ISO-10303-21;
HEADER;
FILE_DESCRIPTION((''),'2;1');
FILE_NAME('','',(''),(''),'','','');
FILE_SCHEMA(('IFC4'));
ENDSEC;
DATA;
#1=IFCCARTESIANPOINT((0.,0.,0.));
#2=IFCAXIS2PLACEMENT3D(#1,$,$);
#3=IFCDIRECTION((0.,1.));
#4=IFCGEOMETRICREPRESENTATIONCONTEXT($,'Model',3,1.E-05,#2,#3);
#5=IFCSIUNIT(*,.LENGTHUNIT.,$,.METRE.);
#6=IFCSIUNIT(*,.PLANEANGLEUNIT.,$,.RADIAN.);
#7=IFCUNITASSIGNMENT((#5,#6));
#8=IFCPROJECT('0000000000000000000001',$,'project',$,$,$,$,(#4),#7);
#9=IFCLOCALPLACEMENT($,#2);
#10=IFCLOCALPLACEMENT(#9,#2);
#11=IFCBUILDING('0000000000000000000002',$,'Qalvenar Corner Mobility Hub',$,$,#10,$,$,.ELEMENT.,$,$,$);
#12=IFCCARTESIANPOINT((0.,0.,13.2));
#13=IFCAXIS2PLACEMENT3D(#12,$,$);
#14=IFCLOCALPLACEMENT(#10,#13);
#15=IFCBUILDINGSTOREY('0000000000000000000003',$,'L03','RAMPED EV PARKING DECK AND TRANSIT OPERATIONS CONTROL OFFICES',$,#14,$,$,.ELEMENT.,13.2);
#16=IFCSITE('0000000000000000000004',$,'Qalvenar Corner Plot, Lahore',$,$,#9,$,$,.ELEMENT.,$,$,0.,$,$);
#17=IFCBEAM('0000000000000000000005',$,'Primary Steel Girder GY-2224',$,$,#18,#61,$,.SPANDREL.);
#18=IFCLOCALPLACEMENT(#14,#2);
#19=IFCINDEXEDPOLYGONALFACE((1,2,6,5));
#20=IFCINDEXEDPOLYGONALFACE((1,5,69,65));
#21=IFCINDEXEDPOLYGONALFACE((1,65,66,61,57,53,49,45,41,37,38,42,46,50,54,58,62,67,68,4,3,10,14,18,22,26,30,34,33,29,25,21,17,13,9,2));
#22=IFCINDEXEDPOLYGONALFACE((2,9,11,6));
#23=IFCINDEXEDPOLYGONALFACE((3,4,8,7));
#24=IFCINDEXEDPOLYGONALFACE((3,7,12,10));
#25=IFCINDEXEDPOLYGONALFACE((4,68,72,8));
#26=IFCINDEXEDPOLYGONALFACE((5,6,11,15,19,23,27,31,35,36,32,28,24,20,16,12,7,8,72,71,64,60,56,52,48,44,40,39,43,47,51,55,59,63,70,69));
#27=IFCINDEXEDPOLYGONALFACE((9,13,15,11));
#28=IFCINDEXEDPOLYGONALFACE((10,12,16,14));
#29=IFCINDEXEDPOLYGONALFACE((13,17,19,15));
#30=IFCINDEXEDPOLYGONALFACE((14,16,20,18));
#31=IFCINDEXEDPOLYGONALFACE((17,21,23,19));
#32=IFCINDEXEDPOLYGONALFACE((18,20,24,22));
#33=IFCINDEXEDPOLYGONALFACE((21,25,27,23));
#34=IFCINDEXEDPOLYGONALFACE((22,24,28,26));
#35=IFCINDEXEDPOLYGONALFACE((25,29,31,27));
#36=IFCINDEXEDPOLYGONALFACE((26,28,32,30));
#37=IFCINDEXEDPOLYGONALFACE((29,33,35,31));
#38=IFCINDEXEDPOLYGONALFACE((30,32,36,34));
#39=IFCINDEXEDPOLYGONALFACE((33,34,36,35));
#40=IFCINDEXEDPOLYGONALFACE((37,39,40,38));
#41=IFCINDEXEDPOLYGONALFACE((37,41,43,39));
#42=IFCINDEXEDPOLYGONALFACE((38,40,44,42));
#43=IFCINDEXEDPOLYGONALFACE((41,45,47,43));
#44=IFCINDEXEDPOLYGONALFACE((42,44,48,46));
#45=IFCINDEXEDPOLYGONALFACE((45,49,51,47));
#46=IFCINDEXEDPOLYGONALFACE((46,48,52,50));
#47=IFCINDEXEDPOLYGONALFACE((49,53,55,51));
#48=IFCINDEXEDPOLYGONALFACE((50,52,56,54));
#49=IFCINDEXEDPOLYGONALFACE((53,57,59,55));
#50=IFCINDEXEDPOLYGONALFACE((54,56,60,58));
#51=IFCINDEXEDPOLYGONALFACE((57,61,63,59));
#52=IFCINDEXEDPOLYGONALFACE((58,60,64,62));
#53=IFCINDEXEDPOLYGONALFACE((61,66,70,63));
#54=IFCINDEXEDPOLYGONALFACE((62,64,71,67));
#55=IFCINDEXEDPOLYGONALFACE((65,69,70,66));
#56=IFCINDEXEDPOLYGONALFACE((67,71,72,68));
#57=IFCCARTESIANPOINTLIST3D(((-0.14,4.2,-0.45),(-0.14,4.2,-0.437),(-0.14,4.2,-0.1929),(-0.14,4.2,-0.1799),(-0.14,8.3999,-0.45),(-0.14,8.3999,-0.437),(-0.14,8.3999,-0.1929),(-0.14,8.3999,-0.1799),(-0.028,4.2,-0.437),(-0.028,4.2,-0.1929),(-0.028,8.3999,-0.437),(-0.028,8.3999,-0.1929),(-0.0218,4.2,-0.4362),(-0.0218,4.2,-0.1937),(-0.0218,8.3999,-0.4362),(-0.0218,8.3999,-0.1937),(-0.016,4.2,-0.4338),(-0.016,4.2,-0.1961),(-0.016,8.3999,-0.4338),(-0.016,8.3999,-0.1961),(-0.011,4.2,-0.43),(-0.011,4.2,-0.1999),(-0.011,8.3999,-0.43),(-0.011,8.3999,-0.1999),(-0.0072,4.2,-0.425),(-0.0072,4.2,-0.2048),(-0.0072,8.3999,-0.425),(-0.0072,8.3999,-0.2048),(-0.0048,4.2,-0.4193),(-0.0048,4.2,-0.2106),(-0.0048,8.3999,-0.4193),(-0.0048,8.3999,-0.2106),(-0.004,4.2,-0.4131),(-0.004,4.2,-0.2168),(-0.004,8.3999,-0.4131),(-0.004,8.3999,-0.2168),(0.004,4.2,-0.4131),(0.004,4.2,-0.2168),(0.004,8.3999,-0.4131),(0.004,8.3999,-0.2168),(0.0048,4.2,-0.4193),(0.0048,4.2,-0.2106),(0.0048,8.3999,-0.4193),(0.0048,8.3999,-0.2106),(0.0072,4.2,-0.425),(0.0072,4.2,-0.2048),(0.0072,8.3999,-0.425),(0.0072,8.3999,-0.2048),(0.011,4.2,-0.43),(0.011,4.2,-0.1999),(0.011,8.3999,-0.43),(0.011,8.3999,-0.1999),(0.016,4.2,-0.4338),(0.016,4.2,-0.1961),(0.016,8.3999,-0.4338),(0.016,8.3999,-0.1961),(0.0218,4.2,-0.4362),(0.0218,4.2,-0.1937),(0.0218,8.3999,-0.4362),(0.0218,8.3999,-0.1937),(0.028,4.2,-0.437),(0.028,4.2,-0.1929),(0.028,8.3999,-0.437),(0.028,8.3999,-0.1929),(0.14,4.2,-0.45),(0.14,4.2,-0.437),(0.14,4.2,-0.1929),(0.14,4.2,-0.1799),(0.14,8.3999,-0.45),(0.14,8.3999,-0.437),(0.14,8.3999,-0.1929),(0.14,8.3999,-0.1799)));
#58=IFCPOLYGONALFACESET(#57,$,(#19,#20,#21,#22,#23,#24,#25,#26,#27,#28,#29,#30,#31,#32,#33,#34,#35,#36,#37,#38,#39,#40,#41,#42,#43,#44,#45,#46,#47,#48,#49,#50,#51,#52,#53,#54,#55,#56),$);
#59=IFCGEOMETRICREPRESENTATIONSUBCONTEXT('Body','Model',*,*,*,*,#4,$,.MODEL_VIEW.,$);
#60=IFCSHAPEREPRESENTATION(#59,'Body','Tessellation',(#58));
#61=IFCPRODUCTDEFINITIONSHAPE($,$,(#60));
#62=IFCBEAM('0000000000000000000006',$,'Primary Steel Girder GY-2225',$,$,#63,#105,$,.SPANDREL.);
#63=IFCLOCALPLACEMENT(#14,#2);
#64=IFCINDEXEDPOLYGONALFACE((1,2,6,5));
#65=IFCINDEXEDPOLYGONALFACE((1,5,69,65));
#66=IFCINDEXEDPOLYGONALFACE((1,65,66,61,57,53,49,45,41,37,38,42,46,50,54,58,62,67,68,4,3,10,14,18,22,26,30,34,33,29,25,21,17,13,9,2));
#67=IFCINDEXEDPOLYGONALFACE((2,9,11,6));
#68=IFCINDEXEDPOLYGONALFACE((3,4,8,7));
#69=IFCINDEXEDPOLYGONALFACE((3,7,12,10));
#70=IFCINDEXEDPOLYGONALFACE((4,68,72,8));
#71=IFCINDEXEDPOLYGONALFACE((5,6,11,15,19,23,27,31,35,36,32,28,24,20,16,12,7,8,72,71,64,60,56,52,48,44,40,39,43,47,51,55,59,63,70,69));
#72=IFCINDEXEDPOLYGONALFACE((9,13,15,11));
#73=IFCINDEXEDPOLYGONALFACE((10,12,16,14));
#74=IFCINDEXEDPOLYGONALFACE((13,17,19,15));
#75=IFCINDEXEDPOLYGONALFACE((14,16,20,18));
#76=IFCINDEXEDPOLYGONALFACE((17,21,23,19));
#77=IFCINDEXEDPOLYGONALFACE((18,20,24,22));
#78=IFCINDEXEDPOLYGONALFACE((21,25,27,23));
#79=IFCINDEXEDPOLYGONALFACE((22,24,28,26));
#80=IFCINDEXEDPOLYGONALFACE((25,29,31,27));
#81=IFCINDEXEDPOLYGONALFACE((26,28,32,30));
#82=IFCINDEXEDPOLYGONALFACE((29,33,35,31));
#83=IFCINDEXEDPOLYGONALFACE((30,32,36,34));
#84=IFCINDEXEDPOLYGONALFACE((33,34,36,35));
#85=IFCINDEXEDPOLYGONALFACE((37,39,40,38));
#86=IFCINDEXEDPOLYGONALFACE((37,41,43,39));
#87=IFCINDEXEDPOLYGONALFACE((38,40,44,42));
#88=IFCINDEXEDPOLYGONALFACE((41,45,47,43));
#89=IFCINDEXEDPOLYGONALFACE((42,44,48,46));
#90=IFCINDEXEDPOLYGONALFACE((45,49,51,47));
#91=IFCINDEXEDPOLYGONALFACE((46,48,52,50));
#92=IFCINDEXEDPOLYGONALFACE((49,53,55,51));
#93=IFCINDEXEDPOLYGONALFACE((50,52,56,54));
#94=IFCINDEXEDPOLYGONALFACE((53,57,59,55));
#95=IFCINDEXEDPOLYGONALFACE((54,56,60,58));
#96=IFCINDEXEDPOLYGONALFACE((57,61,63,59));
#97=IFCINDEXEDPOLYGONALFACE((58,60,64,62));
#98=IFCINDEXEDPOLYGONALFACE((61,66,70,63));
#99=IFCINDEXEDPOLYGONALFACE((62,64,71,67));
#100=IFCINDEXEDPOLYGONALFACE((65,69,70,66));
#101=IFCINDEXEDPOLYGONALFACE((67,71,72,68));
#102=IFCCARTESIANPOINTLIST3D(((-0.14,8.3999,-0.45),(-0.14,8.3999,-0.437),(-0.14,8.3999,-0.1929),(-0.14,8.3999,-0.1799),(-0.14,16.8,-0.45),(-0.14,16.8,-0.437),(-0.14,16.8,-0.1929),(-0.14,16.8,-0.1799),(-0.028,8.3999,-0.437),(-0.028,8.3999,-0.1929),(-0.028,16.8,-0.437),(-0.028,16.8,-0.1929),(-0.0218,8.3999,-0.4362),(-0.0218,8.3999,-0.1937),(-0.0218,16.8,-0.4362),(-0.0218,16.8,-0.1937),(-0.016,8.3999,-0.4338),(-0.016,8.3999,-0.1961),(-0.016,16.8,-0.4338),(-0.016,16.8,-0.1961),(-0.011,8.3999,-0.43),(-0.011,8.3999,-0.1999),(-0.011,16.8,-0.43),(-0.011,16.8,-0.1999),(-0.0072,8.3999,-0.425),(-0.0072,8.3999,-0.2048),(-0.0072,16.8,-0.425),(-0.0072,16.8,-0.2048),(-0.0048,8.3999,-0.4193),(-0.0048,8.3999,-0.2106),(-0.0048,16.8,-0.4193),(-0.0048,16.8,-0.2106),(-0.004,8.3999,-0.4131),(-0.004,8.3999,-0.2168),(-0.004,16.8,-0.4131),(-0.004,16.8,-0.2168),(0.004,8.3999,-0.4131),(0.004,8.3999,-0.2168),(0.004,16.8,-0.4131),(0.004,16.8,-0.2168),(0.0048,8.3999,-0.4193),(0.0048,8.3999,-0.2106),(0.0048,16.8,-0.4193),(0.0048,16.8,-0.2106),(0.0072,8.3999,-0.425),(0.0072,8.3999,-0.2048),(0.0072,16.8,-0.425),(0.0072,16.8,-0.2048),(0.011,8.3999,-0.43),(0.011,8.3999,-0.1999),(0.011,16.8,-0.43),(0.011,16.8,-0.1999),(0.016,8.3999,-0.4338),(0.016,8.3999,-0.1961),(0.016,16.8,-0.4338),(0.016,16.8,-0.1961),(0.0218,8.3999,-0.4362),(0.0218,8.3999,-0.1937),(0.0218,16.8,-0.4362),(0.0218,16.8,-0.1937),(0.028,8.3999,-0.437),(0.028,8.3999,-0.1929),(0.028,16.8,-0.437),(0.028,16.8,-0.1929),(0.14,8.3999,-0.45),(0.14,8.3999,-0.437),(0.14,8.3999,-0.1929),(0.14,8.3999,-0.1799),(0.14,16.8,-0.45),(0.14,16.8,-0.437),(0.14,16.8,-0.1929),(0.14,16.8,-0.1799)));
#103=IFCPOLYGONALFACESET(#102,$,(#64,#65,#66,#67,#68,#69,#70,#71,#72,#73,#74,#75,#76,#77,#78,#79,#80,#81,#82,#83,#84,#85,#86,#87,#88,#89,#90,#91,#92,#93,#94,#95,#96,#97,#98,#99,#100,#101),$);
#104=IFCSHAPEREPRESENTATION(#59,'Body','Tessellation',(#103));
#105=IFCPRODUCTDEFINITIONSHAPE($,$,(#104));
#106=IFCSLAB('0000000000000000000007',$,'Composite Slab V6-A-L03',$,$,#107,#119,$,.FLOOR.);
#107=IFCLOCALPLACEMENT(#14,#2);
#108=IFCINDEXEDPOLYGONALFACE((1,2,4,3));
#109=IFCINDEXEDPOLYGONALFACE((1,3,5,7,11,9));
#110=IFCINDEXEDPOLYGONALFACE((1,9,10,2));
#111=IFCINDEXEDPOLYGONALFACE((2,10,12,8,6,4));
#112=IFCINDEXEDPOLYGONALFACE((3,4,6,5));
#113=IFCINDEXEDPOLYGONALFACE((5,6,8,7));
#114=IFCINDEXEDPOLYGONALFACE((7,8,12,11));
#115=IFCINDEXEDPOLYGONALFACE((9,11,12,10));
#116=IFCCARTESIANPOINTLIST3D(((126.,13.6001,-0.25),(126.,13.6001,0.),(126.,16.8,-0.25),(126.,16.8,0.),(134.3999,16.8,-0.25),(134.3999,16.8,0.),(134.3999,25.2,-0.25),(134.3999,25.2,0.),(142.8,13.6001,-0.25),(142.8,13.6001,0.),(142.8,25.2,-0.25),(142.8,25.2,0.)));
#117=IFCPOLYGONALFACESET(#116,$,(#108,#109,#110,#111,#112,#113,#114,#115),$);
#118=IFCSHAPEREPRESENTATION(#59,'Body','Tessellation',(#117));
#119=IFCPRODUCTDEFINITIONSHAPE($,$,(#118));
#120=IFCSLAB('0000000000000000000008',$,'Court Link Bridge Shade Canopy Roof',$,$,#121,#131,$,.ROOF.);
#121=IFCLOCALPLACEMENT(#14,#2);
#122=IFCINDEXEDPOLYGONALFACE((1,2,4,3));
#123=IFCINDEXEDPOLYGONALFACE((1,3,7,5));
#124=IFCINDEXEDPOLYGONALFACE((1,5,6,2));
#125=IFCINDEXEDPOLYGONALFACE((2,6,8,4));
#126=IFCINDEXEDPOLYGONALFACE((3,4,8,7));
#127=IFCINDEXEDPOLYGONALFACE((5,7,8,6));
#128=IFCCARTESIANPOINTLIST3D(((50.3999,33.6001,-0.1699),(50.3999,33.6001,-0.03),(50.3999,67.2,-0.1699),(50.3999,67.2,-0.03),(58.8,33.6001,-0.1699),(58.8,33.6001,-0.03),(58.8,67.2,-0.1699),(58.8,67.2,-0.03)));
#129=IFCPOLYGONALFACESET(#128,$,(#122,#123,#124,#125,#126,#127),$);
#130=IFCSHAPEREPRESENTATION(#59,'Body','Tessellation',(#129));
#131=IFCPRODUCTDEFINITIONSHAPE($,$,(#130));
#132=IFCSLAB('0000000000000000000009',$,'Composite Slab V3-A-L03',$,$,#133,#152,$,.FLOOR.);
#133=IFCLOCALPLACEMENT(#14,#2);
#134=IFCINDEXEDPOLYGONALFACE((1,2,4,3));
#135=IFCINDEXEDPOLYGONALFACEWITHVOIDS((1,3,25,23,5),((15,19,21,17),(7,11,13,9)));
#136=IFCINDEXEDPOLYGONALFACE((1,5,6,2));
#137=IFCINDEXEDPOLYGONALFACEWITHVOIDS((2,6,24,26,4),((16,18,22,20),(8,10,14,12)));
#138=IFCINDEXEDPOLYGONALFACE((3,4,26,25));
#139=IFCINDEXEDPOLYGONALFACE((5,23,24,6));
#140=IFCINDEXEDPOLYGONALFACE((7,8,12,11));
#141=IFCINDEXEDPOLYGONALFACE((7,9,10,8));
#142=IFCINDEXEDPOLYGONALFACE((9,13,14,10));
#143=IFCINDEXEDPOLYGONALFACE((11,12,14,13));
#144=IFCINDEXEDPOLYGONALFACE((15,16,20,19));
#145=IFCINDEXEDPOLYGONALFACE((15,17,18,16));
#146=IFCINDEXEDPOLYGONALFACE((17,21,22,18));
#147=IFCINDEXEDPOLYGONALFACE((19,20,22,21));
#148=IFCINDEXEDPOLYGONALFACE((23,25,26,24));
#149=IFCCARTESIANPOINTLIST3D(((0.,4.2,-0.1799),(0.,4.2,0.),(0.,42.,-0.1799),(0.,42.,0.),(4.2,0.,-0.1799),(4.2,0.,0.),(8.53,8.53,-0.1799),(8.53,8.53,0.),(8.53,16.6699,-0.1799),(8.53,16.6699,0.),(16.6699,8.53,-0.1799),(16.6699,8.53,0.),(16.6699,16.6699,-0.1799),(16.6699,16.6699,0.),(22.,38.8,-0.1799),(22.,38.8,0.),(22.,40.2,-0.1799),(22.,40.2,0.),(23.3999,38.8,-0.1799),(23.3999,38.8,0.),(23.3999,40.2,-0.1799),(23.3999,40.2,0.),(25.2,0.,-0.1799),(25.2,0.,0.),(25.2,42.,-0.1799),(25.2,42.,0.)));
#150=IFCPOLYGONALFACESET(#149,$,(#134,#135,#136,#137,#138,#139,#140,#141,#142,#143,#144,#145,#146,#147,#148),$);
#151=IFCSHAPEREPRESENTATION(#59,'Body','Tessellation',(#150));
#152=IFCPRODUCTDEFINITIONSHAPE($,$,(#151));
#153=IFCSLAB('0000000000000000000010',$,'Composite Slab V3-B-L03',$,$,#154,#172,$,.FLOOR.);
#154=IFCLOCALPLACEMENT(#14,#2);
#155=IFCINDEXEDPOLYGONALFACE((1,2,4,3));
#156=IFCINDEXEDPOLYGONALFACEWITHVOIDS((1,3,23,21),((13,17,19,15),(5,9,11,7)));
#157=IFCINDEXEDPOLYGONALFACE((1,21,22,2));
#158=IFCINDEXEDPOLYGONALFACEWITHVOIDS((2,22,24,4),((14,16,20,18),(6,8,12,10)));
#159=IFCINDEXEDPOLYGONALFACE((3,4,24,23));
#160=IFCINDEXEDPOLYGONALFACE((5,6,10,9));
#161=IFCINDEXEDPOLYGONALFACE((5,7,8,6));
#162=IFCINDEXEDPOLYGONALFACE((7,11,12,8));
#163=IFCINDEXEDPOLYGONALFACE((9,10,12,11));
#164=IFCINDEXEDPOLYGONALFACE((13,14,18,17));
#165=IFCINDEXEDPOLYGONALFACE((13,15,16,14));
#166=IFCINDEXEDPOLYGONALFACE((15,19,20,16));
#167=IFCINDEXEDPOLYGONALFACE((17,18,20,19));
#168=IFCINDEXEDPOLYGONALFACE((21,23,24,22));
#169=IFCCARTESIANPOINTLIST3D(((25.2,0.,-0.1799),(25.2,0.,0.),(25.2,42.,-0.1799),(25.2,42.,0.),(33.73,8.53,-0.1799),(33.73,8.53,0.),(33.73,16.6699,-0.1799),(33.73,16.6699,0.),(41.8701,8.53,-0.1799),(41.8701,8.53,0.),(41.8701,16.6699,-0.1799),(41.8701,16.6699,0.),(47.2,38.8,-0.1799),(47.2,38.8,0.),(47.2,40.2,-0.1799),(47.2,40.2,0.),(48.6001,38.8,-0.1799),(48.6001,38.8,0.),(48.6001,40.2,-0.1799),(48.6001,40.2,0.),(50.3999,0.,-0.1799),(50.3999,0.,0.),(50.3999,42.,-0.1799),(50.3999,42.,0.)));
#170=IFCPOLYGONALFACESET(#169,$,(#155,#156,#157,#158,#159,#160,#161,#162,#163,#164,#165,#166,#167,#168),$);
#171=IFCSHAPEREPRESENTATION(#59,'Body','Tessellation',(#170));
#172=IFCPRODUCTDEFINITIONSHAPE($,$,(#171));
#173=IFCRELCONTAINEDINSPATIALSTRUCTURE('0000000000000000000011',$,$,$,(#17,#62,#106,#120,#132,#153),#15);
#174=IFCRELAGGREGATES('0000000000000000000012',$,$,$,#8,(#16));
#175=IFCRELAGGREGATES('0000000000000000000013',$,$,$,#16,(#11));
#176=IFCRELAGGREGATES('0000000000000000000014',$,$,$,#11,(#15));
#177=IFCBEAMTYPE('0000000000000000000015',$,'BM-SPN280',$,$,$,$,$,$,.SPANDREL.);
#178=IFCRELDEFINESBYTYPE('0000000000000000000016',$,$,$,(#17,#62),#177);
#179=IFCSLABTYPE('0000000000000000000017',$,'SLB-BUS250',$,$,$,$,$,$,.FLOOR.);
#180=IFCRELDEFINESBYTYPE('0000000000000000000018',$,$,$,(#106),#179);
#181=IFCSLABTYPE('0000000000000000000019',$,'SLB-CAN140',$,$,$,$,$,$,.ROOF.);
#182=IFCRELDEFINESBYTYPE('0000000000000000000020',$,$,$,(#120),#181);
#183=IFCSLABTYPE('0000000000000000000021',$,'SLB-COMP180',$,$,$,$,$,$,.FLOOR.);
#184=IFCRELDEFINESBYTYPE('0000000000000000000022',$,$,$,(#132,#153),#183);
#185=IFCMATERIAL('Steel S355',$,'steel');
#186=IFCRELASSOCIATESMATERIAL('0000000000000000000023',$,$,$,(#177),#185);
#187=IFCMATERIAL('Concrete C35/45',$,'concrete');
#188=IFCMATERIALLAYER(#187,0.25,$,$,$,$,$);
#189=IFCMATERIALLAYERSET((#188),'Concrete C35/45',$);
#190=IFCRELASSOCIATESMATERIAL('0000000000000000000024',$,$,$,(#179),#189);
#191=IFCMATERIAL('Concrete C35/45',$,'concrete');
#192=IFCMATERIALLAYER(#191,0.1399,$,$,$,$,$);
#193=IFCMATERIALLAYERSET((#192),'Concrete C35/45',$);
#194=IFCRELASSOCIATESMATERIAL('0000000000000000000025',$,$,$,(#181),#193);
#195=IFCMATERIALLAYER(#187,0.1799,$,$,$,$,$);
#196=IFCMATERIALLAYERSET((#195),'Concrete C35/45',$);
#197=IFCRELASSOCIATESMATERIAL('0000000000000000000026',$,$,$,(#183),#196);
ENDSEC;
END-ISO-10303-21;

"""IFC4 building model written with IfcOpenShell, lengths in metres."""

from ifc_helpers import new_model, si_unit, direction, frame, origin, origin_2d, place, context, subcontext, project, spatial, polyline, i_section, outline, extrude, material, layer, layer_set, material_profile, profile_set, type_object, element, save


model = new_model("IFC4")

# Units and contexts
model_context = context("Model", 3, precision=1e-05, world=origin(), true_north=direction((0.0, 1.0)))
body_context = subcontext(model_context, "Body", "Model", "MODEL_VIEW")
ifc_project = project(units=[si_unit("LENGTHUNIT", "METRE"), si_unit("PLANEANGLEUNIT", "RADIAN")], contexts=[model_context])

# Site, building, storey
site_placement = place(None, origin())
site = spatial("IfcSite", under=ifc_project, at=site_placement, Name="Qalvenar Corner Plot, Lahore", CompositionType="ELEMENT", RefElevation=0.0)
building_placement = place(site_placement, origin())
building = spatial("IfcBuilding", under=site, at=building_placement, Name="Qalvenar Corner Mobility Hub", CompositionType="ELEMENT")
storey_placement = place(building_placement, frame((0.0, 0.0, 13.2)))
storey = spatial("IfcBuildingStorey", under=building, at=storey_placement, Name="L03", Description="RAMPED EV PARKING DECK AND TRANSIT OPERATIONS CONTROL OFFICES", CompositionType="ELEMENT", Elevation=13.2)

# Shared definitions
ifc_material_1 = material(Name="Steel S355", Category="steel")

# Beams
ifc_material_profile_1 = material_profile(ifc_material_1, i_section(OverallWidth=0.28, OverallDepth=0.27, WebThickness=0.0081, FlangeThickness=0.0129, FilletRadius=0.0239, at=origin_2d()), Name="HEA280")
ifc_profile_set_1 = profile_set([ifc_material_profile_1], Name="Steel S355")
beam_type_1 = type_object("IfcBeamType", Name="BM-SPN280", PredefinedType="SPANDREL", material=ifc_profile_set_1)
beam_1_placement = place(storey_placement, frame((0.0, 4.2, -0.3149), z_axis=(0.0, 1.0, 0.0), x_axis=(-1.0, 0.0, 0.0)))
element("IfcBeam", 1, at=beam_1_placement, inside=storey, type_object=beam_type_1, Name="Primary Steel Girder GY-2224", PredefinedType="SPANDREL", context=body_context, shape_type="SweptSolid", body=[
    extrude(i_section(OverallWidth=0.28, OverallDepth=0.27, WebThickness=0.0081, FlangeThickness=0.0129, FilletRadius=0.0239, at=origin_2d()), origin(), (0.0, 0.0, 1.0), 4.2),
])
beam_2_placement = place(storey_placement, frame((0.0, 8.3999, -0.3149), z_axis=(0.0, 1.0, 0.0), x_axis=(-1.0, 0.0, 0.0)))
element("IfcBeam", 2, at=beam_2_placement, inside=storey, type_object=beam_type_1, Name="Primary Steel Girder GY-2225", PredefinedType="SPANDREL", context=body_context, shape_type="SweptSolid", body=[
    extrude(i_section(OverallWidth=0.28, OverallDepth=0.27, WebThickness=0.0081, FlangeThickness=0.0129, FilletRadius=0.0239, at=origin_2d()), origin(), (0.0, 0.0, 1.0), 8.4001),
])

# Slabs
ifc_material_2 = material(Name="Concrete C35/45", Category="concrete")
ifc_layer_1 = layer(ifc_material_2, 0.25)
ifc_layer_set_1 = layer_set([ifc_layer_1], Name="Concrete C35/45")
slab_type_1 = type_object("IfcSlabType", Name="SLB-BUS250", PredefinedType="FLOOR", material=ifc_layer_set_1)
slab_1_placement = place(storey_placement, frame((0.0, 0.0, -0.25)))
element("IfcSlab", 3, at=slab_1_placement, inside=storey, type_object=slab_type_1, Name="Composite Slab V6-A-L03", PredefinedType="FLOOR", context=body_context, shape_type="SweptSolid", body=[
    extrude(outline(polyline([(126.0, 13.6001), (142.8, 13.6001), (142.8, 25.2), (134.3999, 25.2), (134.3999, 16.8), (126.0, 16.8), (126.0, 13.6001)])), origin(), (0.0, 0.0, 1.0), 0.25),
])
ifc_material_3 = material(Name="Concrete C35/45", Category="concrete")
ifc_layer_2 = layer(ifc_material_3, 0.1399)
ifc_layer_set_2 = layer_set([ifc_layer_2], Name="Concrete C35/45")
slab_type_2 = type_object("IfcSlabType", Name="SLB-CAN140", PredefinedType="ROOF", material=ifc_layer_set_2)
slab_2_placement = place(storey_placement, frame((0.0, 0.0, -0.1699)))
element("IfcSlab", 4, at=slab_2_placement, inside=storey, type_object=slab_type_2, Name="Court Link Bridge Shade Canopy Roof", PredefinedType="ROOF", context=body_context, shape_type="SweptSolid", body=[
    extrude(outline(polyline([(50.3999, 33.6001), (58.8, 33.6001), (58.8, 67.2), (50.3999, 67.2), (50.3999, 33.6001)])), origin(), (0.0, 0.0, 1.0), 0.1399),
])
ifc_layer_3 = layer(ifc_material_2, 0.1799)
ifc_layer_set_3 = layer_set([ifc_layer_3], Name="Concrete C35/45")
slab_type_3 = type_object("IfcSlabType", Name="SLB-COMP180", PredefinedType="FLOOR", material=ifc_layer_set_3)
slab_3_placement = place(storey_placement, frame((0.0, 0.0, -0.1799)))
element("IfcSlab", 5, at=slab_3_placement, inside=storey, type_object=slab_type_3, Name="Composite Slab V3-A-L03", PredefinedType="FLOOR", context=body_context, shape_type="SweptSolid", body=[
    extrude(outline(polyline([(4.2, 0.0), (25.2, 0.0), (25.2, 42.0), (0.0, 42.0), (0.0, 4.2), (4.2, 0.0)]), holes=[polyline([(8.53, 8.53), (16.6699, 8.53), (16.6699, 16.6699), (8.53, 16.6699), (8.53, 8.53)]), polyline([(22.0, 38.8), (23.3999, 38.8), (23.3999, 40.2), (22.0, 40.2), (22.0, 38.8)])]), origin(), (0.0, 0.0, 1.0), 0.1799),
])
slab_4_placement = place(storey_placement, frame((0.0, 0.0, -0.1799)))
element("IfcSlab", 6, at=slab_4_placement, inside=storey, type_object=slab_type_3, Name="Composite Slab V3-B-L03", PredefinedType="FLOOR", context=body_context, shape_type="SweptSolid", body=[
    extrude(outline(polyline([(25.2, 0.0), (50.3999, 0.0), (50.3999, 42.0), (25.2, 42.0), (25.2, 0.0)]), holes=[polyline([(33.73, 8.53), (41.8701, 8.53), (41.8701, 16.6699), (33.73, 16.6699), (33.73, 8.53)]), polyline([(47.2, 38.8), (48.6001, 38.8), (48.6001, 40.2), (47.2, 40.2), (47.2, 38.8)])]), origin(), (0.0, 0.0, 1.0), 0.1799),
])

save(model, "model.ifc")
